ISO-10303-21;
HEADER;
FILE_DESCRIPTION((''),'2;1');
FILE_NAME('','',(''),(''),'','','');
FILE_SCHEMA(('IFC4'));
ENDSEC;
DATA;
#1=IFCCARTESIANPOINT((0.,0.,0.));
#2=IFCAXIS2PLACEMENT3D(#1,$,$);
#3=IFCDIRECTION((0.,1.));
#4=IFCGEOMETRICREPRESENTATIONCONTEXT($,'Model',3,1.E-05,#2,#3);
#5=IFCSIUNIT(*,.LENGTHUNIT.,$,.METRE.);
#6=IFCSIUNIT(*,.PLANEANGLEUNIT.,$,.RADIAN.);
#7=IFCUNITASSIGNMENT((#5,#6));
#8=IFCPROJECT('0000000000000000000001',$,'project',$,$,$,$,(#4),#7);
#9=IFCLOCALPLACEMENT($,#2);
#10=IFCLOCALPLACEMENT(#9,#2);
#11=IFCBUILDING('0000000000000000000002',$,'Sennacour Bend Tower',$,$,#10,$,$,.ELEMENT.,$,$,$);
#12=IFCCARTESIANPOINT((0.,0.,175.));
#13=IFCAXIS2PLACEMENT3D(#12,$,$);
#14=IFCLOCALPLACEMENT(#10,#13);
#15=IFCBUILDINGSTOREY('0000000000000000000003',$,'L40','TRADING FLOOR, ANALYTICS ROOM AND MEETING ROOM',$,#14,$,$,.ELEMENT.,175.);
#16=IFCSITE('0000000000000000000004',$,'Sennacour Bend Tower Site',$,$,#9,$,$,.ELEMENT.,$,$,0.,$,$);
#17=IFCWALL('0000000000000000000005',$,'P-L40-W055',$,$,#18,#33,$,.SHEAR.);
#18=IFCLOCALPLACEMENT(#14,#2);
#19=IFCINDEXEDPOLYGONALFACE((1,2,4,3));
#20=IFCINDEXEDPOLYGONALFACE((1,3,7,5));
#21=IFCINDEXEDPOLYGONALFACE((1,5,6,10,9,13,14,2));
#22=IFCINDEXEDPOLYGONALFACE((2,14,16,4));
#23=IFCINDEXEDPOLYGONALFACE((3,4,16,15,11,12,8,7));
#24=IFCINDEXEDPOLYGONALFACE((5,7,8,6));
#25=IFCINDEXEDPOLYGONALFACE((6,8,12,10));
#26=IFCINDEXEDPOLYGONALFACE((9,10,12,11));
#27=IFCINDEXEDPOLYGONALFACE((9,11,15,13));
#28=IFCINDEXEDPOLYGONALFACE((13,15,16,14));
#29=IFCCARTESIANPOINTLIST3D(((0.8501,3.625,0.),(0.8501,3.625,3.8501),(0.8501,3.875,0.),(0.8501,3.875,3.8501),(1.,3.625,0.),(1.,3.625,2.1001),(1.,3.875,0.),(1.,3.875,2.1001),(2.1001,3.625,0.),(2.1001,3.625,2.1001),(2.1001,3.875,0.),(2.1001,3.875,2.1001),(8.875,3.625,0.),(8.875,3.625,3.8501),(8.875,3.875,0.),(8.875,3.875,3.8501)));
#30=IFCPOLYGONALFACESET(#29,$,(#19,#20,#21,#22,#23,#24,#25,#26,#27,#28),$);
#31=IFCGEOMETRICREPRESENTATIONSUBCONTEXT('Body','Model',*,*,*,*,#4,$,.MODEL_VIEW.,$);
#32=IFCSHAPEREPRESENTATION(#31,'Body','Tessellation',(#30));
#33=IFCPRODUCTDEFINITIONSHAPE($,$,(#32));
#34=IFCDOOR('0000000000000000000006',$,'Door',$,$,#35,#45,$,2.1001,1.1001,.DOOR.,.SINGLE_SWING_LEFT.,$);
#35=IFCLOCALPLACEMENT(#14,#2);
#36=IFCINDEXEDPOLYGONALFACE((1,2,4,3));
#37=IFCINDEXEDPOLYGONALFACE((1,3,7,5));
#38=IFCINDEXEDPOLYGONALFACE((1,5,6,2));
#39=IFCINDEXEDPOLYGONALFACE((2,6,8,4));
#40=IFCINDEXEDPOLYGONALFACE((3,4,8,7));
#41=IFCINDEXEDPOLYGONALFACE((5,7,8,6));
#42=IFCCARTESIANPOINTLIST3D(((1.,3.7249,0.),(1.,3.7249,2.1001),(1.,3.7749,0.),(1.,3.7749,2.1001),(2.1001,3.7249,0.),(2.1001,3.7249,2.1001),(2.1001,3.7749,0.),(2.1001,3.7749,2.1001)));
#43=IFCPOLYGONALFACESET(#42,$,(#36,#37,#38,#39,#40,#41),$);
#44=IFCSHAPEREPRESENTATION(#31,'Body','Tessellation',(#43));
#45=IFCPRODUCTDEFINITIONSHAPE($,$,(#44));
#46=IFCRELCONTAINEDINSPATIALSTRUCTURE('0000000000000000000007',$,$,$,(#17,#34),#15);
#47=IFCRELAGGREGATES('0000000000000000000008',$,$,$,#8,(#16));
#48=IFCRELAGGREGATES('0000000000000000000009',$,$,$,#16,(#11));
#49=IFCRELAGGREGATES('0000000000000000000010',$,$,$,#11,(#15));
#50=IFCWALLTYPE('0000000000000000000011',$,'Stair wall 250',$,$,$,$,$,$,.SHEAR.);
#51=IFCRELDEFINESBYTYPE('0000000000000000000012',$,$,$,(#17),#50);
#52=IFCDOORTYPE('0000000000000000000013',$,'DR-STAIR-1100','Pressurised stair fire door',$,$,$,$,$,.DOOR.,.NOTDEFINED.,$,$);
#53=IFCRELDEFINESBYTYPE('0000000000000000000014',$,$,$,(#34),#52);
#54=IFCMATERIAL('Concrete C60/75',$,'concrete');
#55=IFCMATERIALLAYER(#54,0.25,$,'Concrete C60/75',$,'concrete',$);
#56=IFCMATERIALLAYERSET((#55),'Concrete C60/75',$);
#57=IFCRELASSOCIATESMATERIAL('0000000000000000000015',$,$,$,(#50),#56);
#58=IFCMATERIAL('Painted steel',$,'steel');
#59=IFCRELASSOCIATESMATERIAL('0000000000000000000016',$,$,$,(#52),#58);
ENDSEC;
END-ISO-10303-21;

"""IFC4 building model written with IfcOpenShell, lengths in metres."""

from ifc_helpers import new_model, si_unit, direction, frame, frame_2d, origin, place, context, subcontext, project, spatial, rectangle, extrude, material, layer, layer_set, type_object, element, fill, save


model = new_model("IFC4")

# Units and contexts
model_context = context("Model", 3, precision=1e-05, world=origin(), true_north=direction((0.0, 1.0)))
body_context = subcontext(model_context, "Body", "Model", "MODEL_VIEW")
ifc_project = project(units=[si_unit("LENGTHUNIT", "METRE"), si_unit("PLANEANGLEUNIT", "RADIAN")], contexts=[model_context])

# Site, building, storey
site_placement = place(None, origin())
site = spatial("IfcSite", under=ifc_project, at=site_placement, Name="Sennacour Bend Tower Site", CompositionType="ELEMENT", RefElevation=0.0)
building_placement = place(site_placement, origin())
building = spatial("IfcBuilding", under=site, at=building_placement, Name="Sennacour Bend Tower", CompositionType="ELEMENT")
storey_placement = place(building_placement, frame((0.0, 0.0, 175.0)))
storey = spatial("IfcBuildingStorey", under=building, at=storey_placement, Name="L40", Description="TRADING FLOOR, ANALYTICS ROOM AND MEETING ROOM", CompositionType="ELEMENT", Elevation=175.0)

# Shared definitions
ifc_material_1 = material(Name="Painted steel", Category="steel")

# Wall, opening, door
ifc_material_2 = material(Name="Concrete C60/75", Category="concrete")
ifc_layer_1 = layer(ifc_material_2, 0.25, Name="Concrete C60/75", Category="concrete")
ifc_layer_set_1 = layer_set([ifc_layer_1], Name="Concrete C60/75")
wall_type_1 = type_object("IfcWallType", Name="Stair wall 250", PredefinedType="SHEAR", material=ifc_layer_set_1)
wall_1_placement = place(storey_placement, frame((0.8501, 3.75, 0.0), z_axis=(0.0, 0.0, 1.0), x_axis=(1.0, 0.0, 0.0)))
wall_1 = element("IfcWall", 1, at=wall_1_placement, inside=storey, type_object=wall_type_1, Name="P-L40-W055", PredefinedType="SHEAR", context=body_context, shape_type="SweptSolid", body=[
    extrude(rectangle(XDim=8.0249, YDim=0.25, at=frame_2d((4.0125, 0.0))), origin(), (0.0, 0.0, 1.0), 3.8501),
])
opening_1_placement = place(wall_1_placement, frame((0.1499, 0.0, 0.0)))
opening_1 = element("IfcOpeningElement", 2, at=opening_1_placement, cuts=wall_1, PredefinedType="OPENING", context=body_context, shape_type="SweptSolid", body=[
    extrude(rectangle(XDim=1.1001, YDim=2.1001, at=frame_2d((0.55, 1.05))), frame((0.0, 0.135, 0.0), z_axis=(0.0, -1.0, 0.0), x_axis=(1.0, 0.0, 0.0)), (0.0, 0.0, 1.0), 0.27),
])
door_type_1 = type_object("IfcDoorType", Name="DR-STAIR-1100", Description="Pressurised stair fire door", OperationType="NOTDEFINED", PredefinedType="DOOR", material=ifc_material_1)
door_1_placement = place(opening_1_placement, origin())
door_1 = element("IfcDoor", 3, at=door_1_placement, inside=storey, type_object=door_type_1, Name="Door", OperationType="SINGLE_SWING_LEFT", OverallHeight=2.1001, OverallWidth=1.1001, PredefinedType="DOOR", context=body_context, shape_type="SweptSolid", body=[
    extrude(rectangle(XDim=1.1001, YDim=2.1001, at=frame_2d((0.55, 1.05))), frame((0.0, 0.0249, 0.0), z_axis=(0.0, -1.0, 0.0), x_axis=(1.0, 0.0, 0.0)), (0.0, 0.0, 1.0), 0.05),
])
fill(opening_1, door_1)

save(model, "model.ifc")
